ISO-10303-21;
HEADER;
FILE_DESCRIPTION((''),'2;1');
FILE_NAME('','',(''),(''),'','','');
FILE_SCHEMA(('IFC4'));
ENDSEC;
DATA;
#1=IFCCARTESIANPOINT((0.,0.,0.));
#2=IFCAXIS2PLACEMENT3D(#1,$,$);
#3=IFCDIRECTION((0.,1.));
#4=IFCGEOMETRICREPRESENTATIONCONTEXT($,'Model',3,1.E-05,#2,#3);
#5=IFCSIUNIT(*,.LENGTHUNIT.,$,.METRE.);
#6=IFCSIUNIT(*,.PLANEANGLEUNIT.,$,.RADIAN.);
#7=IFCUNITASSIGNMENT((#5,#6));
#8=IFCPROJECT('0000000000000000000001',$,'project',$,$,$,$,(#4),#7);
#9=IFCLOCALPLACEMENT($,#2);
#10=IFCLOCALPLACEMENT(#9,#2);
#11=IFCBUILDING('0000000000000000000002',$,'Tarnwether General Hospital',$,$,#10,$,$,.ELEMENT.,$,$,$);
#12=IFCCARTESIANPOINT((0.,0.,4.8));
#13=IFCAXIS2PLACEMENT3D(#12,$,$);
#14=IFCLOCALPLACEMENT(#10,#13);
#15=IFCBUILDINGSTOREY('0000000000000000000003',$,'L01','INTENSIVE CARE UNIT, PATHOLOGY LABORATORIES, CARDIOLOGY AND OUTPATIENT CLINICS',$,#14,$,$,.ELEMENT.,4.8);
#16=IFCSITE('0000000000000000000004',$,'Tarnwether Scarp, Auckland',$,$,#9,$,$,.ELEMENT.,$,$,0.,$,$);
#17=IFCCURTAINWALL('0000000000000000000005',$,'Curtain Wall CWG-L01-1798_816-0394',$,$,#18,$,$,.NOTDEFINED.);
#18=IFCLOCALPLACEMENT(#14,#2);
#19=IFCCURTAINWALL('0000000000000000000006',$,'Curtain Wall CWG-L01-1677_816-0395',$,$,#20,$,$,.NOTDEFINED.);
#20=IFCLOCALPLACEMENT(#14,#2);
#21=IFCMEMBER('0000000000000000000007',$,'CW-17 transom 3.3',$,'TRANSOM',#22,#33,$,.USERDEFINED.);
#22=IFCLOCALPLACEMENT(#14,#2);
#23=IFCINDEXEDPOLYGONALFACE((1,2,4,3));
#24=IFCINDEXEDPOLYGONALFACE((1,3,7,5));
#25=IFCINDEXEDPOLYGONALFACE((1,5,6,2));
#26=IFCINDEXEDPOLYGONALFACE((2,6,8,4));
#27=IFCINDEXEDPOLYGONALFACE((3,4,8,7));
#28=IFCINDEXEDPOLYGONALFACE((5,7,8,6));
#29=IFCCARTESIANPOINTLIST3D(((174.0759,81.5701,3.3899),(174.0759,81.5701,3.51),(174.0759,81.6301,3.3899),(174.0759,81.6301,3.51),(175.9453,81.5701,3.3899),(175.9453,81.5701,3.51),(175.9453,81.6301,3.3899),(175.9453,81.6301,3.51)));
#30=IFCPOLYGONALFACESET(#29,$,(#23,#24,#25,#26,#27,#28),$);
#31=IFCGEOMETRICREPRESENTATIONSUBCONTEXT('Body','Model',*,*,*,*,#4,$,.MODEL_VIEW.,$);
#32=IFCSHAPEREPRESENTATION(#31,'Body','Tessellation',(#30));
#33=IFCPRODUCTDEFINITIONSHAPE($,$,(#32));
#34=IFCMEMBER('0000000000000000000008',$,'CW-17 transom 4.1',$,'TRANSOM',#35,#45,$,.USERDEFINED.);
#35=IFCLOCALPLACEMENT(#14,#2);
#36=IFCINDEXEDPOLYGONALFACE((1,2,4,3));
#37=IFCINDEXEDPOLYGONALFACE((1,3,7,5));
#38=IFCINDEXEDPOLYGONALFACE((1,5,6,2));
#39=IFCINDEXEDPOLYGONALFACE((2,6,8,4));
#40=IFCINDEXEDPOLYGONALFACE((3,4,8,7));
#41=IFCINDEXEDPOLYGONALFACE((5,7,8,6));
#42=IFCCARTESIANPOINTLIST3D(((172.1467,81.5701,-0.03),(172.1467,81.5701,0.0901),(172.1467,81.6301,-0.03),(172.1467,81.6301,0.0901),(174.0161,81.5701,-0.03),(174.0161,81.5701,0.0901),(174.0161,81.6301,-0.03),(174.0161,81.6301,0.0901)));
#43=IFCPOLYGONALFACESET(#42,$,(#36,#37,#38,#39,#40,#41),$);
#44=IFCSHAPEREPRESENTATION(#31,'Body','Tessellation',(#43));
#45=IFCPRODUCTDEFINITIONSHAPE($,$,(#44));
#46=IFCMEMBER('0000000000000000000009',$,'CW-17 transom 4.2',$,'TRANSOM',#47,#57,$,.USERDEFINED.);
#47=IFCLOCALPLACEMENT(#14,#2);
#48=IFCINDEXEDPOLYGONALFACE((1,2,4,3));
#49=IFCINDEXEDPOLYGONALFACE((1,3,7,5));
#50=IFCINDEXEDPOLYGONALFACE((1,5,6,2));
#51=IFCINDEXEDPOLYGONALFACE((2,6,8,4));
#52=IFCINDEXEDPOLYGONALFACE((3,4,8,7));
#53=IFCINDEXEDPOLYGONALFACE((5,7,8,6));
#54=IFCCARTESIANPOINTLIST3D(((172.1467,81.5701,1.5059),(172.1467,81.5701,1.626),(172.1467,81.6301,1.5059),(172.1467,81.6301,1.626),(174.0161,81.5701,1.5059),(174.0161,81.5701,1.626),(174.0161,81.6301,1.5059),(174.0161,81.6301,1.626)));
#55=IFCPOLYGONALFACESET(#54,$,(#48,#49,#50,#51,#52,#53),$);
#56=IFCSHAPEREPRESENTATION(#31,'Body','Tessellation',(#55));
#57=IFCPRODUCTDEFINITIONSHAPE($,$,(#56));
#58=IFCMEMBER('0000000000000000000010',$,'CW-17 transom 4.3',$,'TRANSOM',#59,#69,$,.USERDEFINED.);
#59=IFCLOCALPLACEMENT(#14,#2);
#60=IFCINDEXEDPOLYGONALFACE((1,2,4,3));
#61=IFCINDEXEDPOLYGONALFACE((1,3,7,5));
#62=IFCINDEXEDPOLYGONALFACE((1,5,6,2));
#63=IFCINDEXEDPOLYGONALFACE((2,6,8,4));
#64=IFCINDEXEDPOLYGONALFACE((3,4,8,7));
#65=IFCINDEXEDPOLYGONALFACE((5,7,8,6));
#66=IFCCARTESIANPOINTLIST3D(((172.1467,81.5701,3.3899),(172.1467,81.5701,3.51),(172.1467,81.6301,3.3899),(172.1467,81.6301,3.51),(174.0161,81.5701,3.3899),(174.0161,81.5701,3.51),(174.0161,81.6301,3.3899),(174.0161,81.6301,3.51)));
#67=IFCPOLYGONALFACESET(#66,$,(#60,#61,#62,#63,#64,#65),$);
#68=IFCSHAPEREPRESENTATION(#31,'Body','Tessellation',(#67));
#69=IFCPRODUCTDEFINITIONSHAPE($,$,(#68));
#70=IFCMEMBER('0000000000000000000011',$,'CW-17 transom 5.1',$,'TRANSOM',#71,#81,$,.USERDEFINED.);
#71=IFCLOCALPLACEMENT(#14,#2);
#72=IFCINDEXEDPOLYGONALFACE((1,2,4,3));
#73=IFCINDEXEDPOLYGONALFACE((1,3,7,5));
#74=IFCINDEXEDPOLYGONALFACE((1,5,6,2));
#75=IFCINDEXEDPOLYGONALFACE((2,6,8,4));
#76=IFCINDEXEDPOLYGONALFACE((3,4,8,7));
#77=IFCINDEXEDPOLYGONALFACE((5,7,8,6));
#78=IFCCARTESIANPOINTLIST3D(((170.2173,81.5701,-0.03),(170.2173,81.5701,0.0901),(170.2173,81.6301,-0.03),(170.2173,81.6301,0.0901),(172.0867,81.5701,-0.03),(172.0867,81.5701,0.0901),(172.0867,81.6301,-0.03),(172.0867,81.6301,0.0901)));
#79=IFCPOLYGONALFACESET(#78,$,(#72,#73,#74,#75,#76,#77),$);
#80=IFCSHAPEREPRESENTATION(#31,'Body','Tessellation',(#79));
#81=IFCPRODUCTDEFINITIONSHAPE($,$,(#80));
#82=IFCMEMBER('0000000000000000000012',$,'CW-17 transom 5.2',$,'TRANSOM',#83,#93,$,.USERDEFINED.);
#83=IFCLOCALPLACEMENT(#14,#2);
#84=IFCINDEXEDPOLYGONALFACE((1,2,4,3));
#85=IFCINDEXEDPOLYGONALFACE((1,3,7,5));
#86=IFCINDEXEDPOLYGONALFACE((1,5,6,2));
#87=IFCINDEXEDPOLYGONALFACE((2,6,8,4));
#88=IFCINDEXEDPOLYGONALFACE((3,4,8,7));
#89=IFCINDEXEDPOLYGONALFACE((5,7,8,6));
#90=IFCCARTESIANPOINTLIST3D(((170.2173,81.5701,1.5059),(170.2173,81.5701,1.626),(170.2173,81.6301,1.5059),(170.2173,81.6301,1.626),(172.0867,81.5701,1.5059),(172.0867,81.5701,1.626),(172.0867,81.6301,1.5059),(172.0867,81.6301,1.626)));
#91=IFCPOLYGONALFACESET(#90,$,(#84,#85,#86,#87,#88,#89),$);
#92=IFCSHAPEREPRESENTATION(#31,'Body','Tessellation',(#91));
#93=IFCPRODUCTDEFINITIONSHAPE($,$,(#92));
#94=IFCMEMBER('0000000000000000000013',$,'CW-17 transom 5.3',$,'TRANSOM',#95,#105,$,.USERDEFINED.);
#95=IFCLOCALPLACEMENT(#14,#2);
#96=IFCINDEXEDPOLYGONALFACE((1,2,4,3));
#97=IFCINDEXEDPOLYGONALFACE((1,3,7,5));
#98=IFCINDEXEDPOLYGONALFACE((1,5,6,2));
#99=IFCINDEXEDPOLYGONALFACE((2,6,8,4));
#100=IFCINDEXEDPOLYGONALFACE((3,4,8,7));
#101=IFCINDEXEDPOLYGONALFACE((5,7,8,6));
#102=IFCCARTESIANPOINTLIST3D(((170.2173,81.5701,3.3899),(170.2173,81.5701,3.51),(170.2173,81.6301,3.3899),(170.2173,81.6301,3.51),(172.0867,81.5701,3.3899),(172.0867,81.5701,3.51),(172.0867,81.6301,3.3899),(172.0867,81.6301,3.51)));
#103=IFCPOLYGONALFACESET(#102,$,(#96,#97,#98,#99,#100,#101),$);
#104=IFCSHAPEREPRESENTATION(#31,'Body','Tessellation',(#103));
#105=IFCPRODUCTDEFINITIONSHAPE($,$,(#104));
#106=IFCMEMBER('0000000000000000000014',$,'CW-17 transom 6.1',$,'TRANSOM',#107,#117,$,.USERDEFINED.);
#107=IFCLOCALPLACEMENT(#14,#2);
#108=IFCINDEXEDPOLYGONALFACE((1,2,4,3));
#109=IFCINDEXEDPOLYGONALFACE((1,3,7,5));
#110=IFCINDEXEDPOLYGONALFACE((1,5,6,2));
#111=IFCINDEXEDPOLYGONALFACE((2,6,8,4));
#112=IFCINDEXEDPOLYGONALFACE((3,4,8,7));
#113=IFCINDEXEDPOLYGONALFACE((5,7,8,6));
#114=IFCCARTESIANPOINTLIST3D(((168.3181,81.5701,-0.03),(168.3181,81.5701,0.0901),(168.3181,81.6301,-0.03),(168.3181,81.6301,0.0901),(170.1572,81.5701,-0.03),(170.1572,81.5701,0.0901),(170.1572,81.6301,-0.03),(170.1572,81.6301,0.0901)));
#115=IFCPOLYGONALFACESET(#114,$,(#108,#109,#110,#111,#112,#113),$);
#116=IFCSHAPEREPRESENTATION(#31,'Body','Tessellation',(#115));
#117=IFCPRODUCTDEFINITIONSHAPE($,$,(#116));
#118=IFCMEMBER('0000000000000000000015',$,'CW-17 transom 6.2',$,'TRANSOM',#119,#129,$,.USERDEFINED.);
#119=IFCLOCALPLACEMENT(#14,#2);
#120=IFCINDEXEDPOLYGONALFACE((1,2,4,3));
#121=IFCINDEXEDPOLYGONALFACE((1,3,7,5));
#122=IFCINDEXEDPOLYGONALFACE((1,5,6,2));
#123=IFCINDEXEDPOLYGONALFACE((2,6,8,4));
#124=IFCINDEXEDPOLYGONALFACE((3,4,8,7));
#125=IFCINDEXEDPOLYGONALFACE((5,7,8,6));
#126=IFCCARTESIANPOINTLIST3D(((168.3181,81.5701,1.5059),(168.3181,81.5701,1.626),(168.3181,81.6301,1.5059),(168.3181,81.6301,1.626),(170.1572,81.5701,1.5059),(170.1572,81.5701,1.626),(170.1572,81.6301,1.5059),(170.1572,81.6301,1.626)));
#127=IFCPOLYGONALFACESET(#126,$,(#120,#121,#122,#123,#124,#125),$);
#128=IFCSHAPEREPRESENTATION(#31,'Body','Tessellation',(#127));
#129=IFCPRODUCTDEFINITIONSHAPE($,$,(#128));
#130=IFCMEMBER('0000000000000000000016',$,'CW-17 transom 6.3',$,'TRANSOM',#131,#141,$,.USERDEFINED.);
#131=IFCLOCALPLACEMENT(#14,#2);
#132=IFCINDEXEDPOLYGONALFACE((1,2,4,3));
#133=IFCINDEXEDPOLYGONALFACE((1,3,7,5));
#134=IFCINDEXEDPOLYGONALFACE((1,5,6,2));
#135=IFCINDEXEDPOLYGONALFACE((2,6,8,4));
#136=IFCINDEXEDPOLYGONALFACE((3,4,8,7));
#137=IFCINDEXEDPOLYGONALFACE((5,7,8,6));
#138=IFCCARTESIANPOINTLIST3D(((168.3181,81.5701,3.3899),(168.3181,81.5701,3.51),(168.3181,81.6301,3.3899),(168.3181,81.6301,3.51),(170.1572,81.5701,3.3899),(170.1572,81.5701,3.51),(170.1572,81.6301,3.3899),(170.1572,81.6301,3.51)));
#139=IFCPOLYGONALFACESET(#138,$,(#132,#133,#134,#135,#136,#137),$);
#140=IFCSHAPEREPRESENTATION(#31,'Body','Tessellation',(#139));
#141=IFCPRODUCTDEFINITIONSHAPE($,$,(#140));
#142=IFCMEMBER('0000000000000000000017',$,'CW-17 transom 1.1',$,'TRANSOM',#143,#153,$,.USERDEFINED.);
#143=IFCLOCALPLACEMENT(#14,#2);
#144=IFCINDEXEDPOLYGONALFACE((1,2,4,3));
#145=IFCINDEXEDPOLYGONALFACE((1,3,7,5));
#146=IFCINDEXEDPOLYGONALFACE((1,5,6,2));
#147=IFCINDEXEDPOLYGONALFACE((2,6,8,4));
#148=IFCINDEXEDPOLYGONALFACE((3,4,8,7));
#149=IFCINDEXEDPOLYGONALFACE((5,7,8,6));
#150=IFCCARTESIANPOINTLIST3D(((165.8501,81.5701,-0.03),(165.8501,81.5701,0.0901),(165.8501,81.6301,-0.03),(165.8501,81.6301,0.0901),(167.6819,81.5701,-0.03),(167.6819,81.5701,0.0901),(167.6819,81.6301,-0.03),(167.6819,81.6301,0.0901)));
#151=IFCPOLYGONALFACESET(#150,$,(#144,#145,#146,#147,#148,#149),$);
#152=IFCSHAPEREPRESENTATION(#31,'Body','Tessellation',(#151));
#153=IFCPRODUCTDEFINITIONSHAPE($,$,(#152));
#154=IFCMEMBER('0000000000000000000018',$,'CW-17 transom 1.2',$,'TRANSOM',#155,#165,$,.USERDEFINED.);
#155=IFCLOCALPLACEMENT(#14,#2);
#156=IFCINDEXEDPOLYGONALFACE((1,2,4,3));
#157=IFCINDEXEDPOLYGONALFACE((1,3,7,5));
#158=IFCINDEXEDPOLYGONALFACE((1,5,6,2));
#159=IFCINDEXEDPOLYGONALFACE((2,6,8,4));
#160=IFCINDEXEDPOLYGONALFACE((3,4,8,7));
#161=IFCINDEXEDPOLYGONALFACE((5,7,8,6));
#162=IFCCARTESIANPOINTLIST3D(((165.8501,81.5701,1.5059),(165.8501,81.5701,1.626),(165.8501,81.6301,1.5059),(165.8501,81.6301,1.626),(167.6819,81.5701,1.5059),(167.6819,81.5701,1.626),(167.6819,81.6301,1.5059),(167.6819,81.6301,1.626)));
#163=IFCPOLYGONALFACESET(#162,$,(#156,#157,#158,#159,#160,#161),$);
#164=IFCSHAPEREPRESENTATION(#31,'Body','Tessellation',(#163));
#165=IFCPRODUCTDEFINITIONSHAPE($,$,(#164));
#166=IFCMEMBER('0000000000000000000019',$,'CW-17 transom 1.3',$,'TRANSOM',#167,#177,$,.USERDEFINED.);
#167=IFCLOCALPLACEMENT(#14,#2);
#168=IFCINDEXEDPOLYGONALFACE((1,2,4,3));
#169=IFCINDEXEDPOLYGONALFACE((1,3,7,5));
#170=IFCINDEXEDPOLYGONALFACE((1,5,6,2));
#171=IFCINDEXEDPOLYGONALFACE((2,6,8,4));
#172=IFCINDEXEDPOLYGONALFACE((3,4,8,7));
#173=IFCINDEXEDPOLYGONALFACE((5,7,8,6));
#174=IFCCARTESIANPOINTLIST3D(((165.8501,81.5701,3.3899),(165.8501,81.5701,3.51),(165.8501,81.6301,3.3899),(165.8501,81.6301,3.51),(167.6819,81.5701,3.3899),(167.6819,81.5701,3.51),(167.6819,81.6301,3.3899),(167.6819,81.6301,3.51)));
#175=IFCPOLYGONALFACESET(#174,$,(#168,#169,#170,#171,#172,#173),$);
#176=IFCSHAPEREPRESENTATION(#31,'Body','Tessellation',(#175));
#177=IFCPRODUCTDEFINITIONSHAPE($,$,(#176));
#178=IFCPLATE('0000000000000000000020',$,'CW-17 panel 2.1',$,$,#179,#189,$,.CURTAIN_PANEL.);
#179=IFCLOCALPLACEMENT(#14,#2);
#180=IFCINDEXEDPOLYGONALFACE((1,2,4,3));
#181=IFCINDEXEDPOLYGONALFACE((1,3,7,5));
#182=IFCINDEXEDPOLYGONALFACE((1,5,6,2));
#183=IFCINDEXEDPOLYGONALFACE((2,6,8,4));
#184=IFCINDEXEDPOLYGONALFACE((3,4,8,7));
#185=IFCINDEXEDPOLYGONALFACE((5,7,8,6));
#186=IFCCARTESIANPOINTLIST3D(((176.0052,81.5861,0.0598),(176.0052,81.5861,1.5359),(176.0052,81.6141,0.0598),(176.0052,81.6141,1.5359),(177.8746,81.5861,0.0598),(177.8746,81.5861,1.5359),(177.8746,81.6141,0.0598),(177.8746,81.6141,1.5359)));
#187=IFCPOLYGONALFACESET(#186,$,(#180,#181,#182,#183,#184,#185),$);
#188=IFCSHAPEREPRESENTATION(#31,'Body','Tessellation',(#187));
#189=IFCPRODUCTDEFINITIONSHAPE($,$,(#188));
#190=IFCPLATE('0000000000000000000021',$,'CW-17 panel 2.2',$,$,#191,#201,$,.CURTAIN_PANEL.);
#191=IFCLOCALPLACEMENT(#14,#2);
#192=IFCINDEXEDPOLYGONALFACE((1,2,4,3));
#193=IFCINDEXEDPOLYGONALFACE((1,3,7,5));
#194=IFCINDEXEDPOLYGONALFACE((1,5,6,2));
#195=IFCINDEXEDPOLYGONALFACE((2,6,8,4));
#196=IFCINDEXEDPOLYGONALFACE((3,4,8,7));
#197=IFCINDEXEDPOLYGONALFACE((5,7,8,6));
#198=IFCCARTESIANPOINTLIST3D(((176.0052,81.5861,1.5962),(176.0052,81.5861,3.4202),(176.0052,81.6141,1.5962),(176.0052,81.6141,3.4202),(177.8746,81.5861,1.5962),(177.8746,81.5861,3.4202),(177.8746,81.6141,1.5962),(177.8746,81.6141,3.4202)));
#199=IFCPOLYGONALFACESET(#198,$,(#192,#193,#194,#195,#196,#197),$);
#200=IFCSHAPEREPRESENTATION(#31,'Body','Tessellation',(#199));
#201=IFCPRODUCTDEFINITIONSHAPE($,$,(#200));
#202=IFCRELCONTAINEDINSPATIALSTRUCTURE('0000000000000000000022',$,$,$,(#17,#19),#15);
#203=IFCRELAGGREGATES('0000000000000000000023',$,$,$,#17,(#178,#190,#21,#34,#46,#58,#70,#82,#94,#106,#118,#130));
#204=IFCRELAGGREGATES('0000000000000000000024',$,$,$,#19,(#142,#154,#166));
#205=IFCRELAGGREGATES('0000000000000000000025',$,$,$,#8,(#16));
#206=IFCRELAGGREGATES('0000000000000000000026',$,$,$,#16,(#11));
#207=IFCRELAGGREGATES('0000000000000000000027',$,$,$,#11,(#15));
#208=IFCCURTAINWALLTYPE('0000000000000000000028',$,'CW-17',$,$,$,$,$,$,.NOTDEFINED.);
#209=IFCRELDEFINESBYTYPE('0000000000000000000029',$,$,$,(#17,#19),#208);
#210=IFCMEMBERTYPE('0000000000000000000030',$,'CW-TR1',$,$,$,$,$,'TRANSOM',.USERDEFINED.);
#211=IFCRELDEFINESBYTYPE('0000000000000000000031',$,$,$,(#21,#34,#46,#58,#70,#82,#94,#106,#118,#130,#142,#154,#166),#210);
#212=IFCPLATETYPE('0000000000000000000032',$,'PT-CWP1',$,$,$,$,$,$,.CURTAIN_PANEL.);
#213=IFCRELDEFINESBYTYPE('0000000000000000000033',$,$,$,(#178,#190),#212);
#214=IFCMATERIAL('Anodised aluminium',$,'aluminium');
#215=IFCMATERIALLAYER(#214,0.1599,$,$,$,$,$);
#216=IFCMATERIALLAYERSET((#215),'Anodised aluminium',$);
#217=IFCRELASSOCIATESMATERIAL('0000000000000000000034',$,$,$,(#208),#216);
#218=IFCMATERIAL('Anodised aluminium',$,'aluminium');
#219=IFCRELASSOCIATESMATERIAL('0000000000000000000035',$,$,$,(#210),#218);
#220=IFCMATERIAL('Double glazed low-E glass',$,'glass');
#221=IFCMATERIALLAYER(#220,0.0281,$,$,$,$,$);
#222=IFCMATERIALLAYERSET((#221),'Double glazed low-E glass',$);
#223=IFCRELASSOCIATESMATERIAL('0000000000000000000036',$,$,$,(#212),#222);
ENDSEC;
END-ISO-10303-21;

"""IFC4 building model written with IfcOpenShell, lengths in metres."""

from ifc_helpers import new_model, si_unit, direction, frame, origin, origin_2d, place, context, subcontext, project, spatial, rectangle, extrude, material, layer, layer_set, material_profile, profile_set, type_object, element, aggregate, save


model = new_model("IFC4")

# Units and contexts
model_context = context("Model", 3, precision=1e-05, world=origin(), true_north=direction((0.0, 1.0)))
body_context = subcontext(model_context, "Body", "Model", "MODEL_VIEW")
ifc_project = project(units=[si_unit("LENGTHUNIT", "METRE"), si_unit("PLANEANGLEUNIT", "RADIAN")], contexts=[model_context])

# Site, building, storey
site_placement = place(None, origin())
site = spatial("IfcSite", under=ifc_project, at=site_placement, Name="Tarnwether Scarp, Auckland", CompositionType="ELEMENT", RefElevation=0.0)
building_placement = place(site_placement, origin())
building = spatial("IfcBuilding", under=site, at=building_placement, Name="Tarnwether General Hospital", CompositionType="ELEMENT")
storey_placement = place(building_placement, frame((0.0, 0.0, 4.8)))
storey = spatial("IfcBuildingStorey", under=building, at=storey_placement, Name="L01", Description="INTENSIVE CARE UNIT, PATHOLOGY LABORATORIES, CARDIOLOGY AND OUTPATIENT CLINICS", CompositionType="ELEMENT", Elevation=4.8)

# Curtain wall
ifc_material_1 = material(Name="Anodised aluminium", Category="aluminium")
ifc_layer_1 = layer(ifc_material_1, 0.1599)
ifc_layer_set_1 = layer_set([ifc_layer_1], Name="Anodised aluminium")
curtain_wall_type = type_object("IfcCurtainWallType", Name="CW-17", PredefinedType="NOTDEFINED", material=ifc_layer_set_1)
curtain_wall_1_placement = place(storey_placement, origin())
curtain_wall_1 = element("IfcCurtainWall", 1, at=curtain_wall_1_placement, inside=storey, type_object=curtain_wall_type, Name="Curtain Wall CWG-L01-1798_816-0394", PredefinedType="NOTDEFINED")

# Curtain wall
curtain_wall_2_placement = place(storey_placement, origin())
curtain_wall_2 = element("IfcCurtainWall", 2, at=curtain_wall_2_placement, inside=storey, type_object=curtain_wall_type, Name="Curtain Wall CWG-L01-1677_816-0395", PredefinedType="NOTDEFINED")

# Members
ifc_material_2 = material(Name="Anodised aluminium", Category="aluminium")
ifc_material_profile_1 = material_profile(ifc_material_2, rectangle(XDim=0.0601, YDim=0.1201, at=origin_2d()), Name="ALU-TRN-60x120")
ifc_profile_set_1 = profile_set([ifc_material_profile_1], Name="Anodised aluminium")
member_type_1 = type_object("IfcMemberType", Name="CW-TR1", ElementType="TRANSOM", PredefinedType="USERDEFINED", material=ifc_profile_set_1)
member_1_placement = place(storey_placement, frame((175.9453, 81.6001, 3.45), z_axis=(-1.0, 0.0, 0.0), x_axis=(0.0, -1.0, 0.0)))
member_1 = element("IfcMember", 3, at=member_1_placement, type_object=member_type_1, Name="CW-17 transom 3.3", ObjectType="TRANSOM", PredefinedType="USERDEFINED", context=body_context, shape_type="SweptSolid", body=[
    extrude(rectangle(XDim=0.0601, YDim=0.1201, at=origin_2d()), origin(), (0.0, 0.0, 1.0), 1.8694),
])
member_2_placement = place(storey_placement, frame((174.0161, 81.6001, 0.03), z_axis=(-1.0, 0.0, 0.0), x_axis=(0.0, -1.0, 0.0)))
member_2 = element("IfcMember", 4, at=member_2_placement, type_object=member_type_1, Name="CW-17 transom 4.1", ObjectType="TRANSOM", PredefinedType="USERDEFINED", context=body_context, shape_type="SweptSolid", body=[
    extrude(rectangle(XDim=0.0601, YDim=0.1201, at=origin_2d()), origin(), (0.0, 0.0, 1.0), 1.8694),
])
member_3_placement = place(storey_placement, frame((174.0161, 81.6001, 1.5659), z_axis=(-1.0, 0.0, 0.0), x_axis=(0.0, -1.0, 0.0)))
member_3 = element("IfcMember", 5, at=member_3_placement, type_object=member_type_1, Name="CW-17 transom 4.2", ObjectType="TRANSOM", PredefinedType="USERDEFINED", context=body_context, shape_type="SweptSolid", body=[
    extrude(rectangle(XDim=0.0601, YDim=0.1201, at=origin_2d()), origin(), (0.0, 0.0, 1.0), 1.8694),
])
member_4_placement = place(storey_placement, frame((174.0161, 81.6001, 3.45), z_axis=(-1.0, 0.0, 0.0), x_axis=(0.0, -1.0, 0.0)))
member_4 = element("IfcMember", 6, at=member_4_placement, type_object=member_type_1, Name="CW-17 transom 4.3", ObjectType="TRANSOM", PredefinedType="USERDEFINED", context=body_context, shape_type="SweptSolid", body=[
    extrude(rectangle(XDim=0.0601, YDim=0.1201, at=origin_2d()), origin(), (0.0, 0.0, 1.0), 1.8694),
])
member_5_placement = place(storey_placement, frame((172.0867, 81.6001, 0.03), z_axis=(-1.0, 0.0, 0.0), x_axis=(0.0, -1.0, 0.0)))
member_5 = element("IfcMember", 7, at=member_5_placement, type_object=member_type_1, Name="CW-17 transom 5.1", ObjectType="TRANSOM", PredefinedType="USERDEFINED", context=body_context, shape_type="SweptSolid", body=[
    extrude(rectangle(XDim=0.0601, YDim=0.1201, at=origin_2d()), origin(), (0.0, 0.0, 1.0), 1.8694),
])
member_6_placement = place(storey_placement, frame((172.0867, 81.6001, 1.5659), z_axis=(-1.0, 0.0, 0.0), x_axis=(0.0, -1.0, 0.0)))
member_6 = element("IfcMember", 8, at=member_6_placement, type_object=member_type_1, Name="CW-17 transom 5.2", ObjectType="TRANSOM", PredefinedType="USERDEFINED", context=body_context, shape_type="SweptSolid", body=[
    extrude(rectangle(XDim=0.0601, YDim=0.1201, at=origin_2d()), origin(), (0.0, 0.0, 1.0), 1.8694),
])
member_7_placement = place(storey_placement, frame((172.0867, 81.6001, 3.45), z_axis=(-1.0, 0.0, 0.0), x_axis=(0.0, -1.0, 0.0)))
member_7 = element("IfcMember", 9, at=member_7_placement, type_object=member_type_1, Name="CW-17 transom 5.3", ObjectType="TRANSOM", PredefinedType="USERDEFINED", context=body_context, shape_type="SweptSolid", body=[
    extrude(rectangle(XDim=0.0601, YDim=0.1201, at=origin_2d()), origin(), (0.0, 0.0, 1.0), 1.8694),
])
member_8_placement = place(storey_placement, frame((170.1572, 81.6001, 0.03), z_axis=(-1.0, 0.0, 0.0), x_axis=(0.0, -1.0, 0.0)))
member_8 = element("IfcMember", 10, at=member_8_placement, type_object=member_type_1, Name="CW-17 transom 6.1", ObjectType="TRANSOM", PredefinedType="USERDEFINED", context=body_context, shape_type="SweptSolid", body=[
    extrude(rectangle(XDim=0.0601, YDim=0.1201, at=origin_2d()), origin(), (0.0, 0.0, 1.0), 1.8391),
])
member_9_placement = place(storey_placement, frame((170.1572, 81.6001, 1.5659), z_axis=(-1.0, 0.0, 0.0), x_axis=(0.0, -1.0, 0.0)))
member_9 = element("IfcMember", 11, at=member_9_placement, type_object=member_type_1, Name="CW-17 transom 6.2", ObjectType="TRANSOM", PredefinedType="USERDEFINED", context=body_context, shape_type="SweptSolid", body=[
    extrude(rectangle(XDim=0.0601, YDim=0.1201, at=origin_2d()), origin(), (0.0, 0.0, 1.0), 1.8391),
])
member_10_placement = place(storey_placement, frame((170.1572, 81.6001, 3.45), z_axis=(-1.0, 0.0, 0.0), x_axis=(0.0, -1.0, 0.0)))
member_10 = element("IfcMember", 12, at=member_10_placement, type_object=member_type_1, Name="CW-17 transom 6.3", ObjectType="TRANSOM", PredefinedType="USERDEFINED", context=body_context, shape_type="SweptSolid", body=[
    extrude(rectangle(XDim=0.0601, YDim=0.1201, at=origin_2d()), origin(), (0.0, 0.0, 1.0), 1.8391),
])
member_11_placement = place(storey_placement, frame((167.6819, 81.6001, 0.03), z_axis=(-1.0, 0.0, 0.0), x_axis=(0.0, -1.0, 0.0)))
member_11 = element("IfcMember", 13, at=member_11_placement, type_object=member_type_1, Name="CW-17 transom 1.1", ObjectType="TRANSOM", PredefinedType="USERDEFINED", context=body_context, shape_type="SweptSolid", body=[
    extrude(rectangle(XDim=0.0601, YDim=0.1201, at=origin_2d()), origin(), (0.0, 0.0, 1.0), 1.8318),
])
member_12_placement = place(storey_placement, frame((167.6819, 81.6001, 1.5659), z_axis=(-1.0, 0.0, 0.0), x_axis=(0.0, -1.0, 0.0)))
member_12 = element("IfcMember", 14, at=member_12_placement, type_object=member_type_1, Name="CW-17 transom 1.2", ObjectType="TRANSOM", PredefinedType="USERDEFINED", context=body_context, shape_type="SweptSolid", body=[
    extrude(rectangle(XDim=0.0601, YDim=0.1201, at=origin_2d()), origin(), (0.0, 0.0, 1.0), 1.8318),
])
member_13_placement = place(storey_placement, frame((167.6819, 81.6001, 3.45), z_axis=(-1.0, 0.0, 0.0), x_axis=(0.0, -1.0, 0.0)))
member_13 = element("IfcMember", 15, at=member_13_placement, type_object=member_type_1, Name="CW-17 transom 1.3", ObjectType="TRANSOM", PredefinedType="USERDEFINED", context=body_context, shape_type="SweptSolid", body=[
    extrude(rectangle(XDim=0.0601, YDim=0.1201, at=origin_2d()), origin(), (0.0, 0.0, 1.0), 1.8318),
])

# Plates
ifc_material_3 = material(Name="Double glazed low-E glass", Category="glass")
ifc_layer_2 = layer(ifc_material_3, 0.0281)
ifc_layer_set_2 = layer_set([ifc_layer_2], Name="Double glazed low-E glass")
plate_type = type_object("IfcPlateType", Name="PT-CWP1", PredefinedType="CURTAIN_PANEL", material=ifc_layer_set_2)
plate_1_placement = place(storey_placement, frame((176.9399, 81.6001, 0.0598), z_axis=(0.0, 0.0, 1.0), x_axis=(-1.0, 0.0, 0.0)))
plate_1 = element("IfcPlate", 16, at=plate_1_placement, type_object=plate_type, Name="CW-17 panel 2.1", PredefinedType="CURTAIN_PANEL", context=body_context, shape_type="SweptSolid", body=[
    extrude(rectangle(XDim=1.8694, YDim=0.0281, at=origin_2d()), origin(), (0.0, 0.0, 1.0), 1.4761),
])
plate_2_placement = place(storey_placement, frame((176.9399, 81.6001, 1.5962), z_axis=(0.0, 0.0, 1.0), x_axis=(-1.0, 0.0, 0.0)))
plate_2 = element("IfcPlate", 17, at=plate_2_placement, type_object=plate_type, Name="CW-17 panel 2.2", PredefinedType="CURTAIN_PANEL", context=body_context, shape_type="SweptSolid", body=[
    extrude(rectangle(XDim=1.8694, YDim=0.0281, at=origin_2d()), origin(), (0.0, 0.0, 1.0), 1.824),
])
aggregate(curtain_wall_1, [plate_1, plate_2, member_1, member_2, member_3, member_4, member_5, member_6, member_7, member_8, member_9, member_10])
aggregate(curtain_wall_2, [member_11, member_12, member_13])

save(model, "model.ifc")
